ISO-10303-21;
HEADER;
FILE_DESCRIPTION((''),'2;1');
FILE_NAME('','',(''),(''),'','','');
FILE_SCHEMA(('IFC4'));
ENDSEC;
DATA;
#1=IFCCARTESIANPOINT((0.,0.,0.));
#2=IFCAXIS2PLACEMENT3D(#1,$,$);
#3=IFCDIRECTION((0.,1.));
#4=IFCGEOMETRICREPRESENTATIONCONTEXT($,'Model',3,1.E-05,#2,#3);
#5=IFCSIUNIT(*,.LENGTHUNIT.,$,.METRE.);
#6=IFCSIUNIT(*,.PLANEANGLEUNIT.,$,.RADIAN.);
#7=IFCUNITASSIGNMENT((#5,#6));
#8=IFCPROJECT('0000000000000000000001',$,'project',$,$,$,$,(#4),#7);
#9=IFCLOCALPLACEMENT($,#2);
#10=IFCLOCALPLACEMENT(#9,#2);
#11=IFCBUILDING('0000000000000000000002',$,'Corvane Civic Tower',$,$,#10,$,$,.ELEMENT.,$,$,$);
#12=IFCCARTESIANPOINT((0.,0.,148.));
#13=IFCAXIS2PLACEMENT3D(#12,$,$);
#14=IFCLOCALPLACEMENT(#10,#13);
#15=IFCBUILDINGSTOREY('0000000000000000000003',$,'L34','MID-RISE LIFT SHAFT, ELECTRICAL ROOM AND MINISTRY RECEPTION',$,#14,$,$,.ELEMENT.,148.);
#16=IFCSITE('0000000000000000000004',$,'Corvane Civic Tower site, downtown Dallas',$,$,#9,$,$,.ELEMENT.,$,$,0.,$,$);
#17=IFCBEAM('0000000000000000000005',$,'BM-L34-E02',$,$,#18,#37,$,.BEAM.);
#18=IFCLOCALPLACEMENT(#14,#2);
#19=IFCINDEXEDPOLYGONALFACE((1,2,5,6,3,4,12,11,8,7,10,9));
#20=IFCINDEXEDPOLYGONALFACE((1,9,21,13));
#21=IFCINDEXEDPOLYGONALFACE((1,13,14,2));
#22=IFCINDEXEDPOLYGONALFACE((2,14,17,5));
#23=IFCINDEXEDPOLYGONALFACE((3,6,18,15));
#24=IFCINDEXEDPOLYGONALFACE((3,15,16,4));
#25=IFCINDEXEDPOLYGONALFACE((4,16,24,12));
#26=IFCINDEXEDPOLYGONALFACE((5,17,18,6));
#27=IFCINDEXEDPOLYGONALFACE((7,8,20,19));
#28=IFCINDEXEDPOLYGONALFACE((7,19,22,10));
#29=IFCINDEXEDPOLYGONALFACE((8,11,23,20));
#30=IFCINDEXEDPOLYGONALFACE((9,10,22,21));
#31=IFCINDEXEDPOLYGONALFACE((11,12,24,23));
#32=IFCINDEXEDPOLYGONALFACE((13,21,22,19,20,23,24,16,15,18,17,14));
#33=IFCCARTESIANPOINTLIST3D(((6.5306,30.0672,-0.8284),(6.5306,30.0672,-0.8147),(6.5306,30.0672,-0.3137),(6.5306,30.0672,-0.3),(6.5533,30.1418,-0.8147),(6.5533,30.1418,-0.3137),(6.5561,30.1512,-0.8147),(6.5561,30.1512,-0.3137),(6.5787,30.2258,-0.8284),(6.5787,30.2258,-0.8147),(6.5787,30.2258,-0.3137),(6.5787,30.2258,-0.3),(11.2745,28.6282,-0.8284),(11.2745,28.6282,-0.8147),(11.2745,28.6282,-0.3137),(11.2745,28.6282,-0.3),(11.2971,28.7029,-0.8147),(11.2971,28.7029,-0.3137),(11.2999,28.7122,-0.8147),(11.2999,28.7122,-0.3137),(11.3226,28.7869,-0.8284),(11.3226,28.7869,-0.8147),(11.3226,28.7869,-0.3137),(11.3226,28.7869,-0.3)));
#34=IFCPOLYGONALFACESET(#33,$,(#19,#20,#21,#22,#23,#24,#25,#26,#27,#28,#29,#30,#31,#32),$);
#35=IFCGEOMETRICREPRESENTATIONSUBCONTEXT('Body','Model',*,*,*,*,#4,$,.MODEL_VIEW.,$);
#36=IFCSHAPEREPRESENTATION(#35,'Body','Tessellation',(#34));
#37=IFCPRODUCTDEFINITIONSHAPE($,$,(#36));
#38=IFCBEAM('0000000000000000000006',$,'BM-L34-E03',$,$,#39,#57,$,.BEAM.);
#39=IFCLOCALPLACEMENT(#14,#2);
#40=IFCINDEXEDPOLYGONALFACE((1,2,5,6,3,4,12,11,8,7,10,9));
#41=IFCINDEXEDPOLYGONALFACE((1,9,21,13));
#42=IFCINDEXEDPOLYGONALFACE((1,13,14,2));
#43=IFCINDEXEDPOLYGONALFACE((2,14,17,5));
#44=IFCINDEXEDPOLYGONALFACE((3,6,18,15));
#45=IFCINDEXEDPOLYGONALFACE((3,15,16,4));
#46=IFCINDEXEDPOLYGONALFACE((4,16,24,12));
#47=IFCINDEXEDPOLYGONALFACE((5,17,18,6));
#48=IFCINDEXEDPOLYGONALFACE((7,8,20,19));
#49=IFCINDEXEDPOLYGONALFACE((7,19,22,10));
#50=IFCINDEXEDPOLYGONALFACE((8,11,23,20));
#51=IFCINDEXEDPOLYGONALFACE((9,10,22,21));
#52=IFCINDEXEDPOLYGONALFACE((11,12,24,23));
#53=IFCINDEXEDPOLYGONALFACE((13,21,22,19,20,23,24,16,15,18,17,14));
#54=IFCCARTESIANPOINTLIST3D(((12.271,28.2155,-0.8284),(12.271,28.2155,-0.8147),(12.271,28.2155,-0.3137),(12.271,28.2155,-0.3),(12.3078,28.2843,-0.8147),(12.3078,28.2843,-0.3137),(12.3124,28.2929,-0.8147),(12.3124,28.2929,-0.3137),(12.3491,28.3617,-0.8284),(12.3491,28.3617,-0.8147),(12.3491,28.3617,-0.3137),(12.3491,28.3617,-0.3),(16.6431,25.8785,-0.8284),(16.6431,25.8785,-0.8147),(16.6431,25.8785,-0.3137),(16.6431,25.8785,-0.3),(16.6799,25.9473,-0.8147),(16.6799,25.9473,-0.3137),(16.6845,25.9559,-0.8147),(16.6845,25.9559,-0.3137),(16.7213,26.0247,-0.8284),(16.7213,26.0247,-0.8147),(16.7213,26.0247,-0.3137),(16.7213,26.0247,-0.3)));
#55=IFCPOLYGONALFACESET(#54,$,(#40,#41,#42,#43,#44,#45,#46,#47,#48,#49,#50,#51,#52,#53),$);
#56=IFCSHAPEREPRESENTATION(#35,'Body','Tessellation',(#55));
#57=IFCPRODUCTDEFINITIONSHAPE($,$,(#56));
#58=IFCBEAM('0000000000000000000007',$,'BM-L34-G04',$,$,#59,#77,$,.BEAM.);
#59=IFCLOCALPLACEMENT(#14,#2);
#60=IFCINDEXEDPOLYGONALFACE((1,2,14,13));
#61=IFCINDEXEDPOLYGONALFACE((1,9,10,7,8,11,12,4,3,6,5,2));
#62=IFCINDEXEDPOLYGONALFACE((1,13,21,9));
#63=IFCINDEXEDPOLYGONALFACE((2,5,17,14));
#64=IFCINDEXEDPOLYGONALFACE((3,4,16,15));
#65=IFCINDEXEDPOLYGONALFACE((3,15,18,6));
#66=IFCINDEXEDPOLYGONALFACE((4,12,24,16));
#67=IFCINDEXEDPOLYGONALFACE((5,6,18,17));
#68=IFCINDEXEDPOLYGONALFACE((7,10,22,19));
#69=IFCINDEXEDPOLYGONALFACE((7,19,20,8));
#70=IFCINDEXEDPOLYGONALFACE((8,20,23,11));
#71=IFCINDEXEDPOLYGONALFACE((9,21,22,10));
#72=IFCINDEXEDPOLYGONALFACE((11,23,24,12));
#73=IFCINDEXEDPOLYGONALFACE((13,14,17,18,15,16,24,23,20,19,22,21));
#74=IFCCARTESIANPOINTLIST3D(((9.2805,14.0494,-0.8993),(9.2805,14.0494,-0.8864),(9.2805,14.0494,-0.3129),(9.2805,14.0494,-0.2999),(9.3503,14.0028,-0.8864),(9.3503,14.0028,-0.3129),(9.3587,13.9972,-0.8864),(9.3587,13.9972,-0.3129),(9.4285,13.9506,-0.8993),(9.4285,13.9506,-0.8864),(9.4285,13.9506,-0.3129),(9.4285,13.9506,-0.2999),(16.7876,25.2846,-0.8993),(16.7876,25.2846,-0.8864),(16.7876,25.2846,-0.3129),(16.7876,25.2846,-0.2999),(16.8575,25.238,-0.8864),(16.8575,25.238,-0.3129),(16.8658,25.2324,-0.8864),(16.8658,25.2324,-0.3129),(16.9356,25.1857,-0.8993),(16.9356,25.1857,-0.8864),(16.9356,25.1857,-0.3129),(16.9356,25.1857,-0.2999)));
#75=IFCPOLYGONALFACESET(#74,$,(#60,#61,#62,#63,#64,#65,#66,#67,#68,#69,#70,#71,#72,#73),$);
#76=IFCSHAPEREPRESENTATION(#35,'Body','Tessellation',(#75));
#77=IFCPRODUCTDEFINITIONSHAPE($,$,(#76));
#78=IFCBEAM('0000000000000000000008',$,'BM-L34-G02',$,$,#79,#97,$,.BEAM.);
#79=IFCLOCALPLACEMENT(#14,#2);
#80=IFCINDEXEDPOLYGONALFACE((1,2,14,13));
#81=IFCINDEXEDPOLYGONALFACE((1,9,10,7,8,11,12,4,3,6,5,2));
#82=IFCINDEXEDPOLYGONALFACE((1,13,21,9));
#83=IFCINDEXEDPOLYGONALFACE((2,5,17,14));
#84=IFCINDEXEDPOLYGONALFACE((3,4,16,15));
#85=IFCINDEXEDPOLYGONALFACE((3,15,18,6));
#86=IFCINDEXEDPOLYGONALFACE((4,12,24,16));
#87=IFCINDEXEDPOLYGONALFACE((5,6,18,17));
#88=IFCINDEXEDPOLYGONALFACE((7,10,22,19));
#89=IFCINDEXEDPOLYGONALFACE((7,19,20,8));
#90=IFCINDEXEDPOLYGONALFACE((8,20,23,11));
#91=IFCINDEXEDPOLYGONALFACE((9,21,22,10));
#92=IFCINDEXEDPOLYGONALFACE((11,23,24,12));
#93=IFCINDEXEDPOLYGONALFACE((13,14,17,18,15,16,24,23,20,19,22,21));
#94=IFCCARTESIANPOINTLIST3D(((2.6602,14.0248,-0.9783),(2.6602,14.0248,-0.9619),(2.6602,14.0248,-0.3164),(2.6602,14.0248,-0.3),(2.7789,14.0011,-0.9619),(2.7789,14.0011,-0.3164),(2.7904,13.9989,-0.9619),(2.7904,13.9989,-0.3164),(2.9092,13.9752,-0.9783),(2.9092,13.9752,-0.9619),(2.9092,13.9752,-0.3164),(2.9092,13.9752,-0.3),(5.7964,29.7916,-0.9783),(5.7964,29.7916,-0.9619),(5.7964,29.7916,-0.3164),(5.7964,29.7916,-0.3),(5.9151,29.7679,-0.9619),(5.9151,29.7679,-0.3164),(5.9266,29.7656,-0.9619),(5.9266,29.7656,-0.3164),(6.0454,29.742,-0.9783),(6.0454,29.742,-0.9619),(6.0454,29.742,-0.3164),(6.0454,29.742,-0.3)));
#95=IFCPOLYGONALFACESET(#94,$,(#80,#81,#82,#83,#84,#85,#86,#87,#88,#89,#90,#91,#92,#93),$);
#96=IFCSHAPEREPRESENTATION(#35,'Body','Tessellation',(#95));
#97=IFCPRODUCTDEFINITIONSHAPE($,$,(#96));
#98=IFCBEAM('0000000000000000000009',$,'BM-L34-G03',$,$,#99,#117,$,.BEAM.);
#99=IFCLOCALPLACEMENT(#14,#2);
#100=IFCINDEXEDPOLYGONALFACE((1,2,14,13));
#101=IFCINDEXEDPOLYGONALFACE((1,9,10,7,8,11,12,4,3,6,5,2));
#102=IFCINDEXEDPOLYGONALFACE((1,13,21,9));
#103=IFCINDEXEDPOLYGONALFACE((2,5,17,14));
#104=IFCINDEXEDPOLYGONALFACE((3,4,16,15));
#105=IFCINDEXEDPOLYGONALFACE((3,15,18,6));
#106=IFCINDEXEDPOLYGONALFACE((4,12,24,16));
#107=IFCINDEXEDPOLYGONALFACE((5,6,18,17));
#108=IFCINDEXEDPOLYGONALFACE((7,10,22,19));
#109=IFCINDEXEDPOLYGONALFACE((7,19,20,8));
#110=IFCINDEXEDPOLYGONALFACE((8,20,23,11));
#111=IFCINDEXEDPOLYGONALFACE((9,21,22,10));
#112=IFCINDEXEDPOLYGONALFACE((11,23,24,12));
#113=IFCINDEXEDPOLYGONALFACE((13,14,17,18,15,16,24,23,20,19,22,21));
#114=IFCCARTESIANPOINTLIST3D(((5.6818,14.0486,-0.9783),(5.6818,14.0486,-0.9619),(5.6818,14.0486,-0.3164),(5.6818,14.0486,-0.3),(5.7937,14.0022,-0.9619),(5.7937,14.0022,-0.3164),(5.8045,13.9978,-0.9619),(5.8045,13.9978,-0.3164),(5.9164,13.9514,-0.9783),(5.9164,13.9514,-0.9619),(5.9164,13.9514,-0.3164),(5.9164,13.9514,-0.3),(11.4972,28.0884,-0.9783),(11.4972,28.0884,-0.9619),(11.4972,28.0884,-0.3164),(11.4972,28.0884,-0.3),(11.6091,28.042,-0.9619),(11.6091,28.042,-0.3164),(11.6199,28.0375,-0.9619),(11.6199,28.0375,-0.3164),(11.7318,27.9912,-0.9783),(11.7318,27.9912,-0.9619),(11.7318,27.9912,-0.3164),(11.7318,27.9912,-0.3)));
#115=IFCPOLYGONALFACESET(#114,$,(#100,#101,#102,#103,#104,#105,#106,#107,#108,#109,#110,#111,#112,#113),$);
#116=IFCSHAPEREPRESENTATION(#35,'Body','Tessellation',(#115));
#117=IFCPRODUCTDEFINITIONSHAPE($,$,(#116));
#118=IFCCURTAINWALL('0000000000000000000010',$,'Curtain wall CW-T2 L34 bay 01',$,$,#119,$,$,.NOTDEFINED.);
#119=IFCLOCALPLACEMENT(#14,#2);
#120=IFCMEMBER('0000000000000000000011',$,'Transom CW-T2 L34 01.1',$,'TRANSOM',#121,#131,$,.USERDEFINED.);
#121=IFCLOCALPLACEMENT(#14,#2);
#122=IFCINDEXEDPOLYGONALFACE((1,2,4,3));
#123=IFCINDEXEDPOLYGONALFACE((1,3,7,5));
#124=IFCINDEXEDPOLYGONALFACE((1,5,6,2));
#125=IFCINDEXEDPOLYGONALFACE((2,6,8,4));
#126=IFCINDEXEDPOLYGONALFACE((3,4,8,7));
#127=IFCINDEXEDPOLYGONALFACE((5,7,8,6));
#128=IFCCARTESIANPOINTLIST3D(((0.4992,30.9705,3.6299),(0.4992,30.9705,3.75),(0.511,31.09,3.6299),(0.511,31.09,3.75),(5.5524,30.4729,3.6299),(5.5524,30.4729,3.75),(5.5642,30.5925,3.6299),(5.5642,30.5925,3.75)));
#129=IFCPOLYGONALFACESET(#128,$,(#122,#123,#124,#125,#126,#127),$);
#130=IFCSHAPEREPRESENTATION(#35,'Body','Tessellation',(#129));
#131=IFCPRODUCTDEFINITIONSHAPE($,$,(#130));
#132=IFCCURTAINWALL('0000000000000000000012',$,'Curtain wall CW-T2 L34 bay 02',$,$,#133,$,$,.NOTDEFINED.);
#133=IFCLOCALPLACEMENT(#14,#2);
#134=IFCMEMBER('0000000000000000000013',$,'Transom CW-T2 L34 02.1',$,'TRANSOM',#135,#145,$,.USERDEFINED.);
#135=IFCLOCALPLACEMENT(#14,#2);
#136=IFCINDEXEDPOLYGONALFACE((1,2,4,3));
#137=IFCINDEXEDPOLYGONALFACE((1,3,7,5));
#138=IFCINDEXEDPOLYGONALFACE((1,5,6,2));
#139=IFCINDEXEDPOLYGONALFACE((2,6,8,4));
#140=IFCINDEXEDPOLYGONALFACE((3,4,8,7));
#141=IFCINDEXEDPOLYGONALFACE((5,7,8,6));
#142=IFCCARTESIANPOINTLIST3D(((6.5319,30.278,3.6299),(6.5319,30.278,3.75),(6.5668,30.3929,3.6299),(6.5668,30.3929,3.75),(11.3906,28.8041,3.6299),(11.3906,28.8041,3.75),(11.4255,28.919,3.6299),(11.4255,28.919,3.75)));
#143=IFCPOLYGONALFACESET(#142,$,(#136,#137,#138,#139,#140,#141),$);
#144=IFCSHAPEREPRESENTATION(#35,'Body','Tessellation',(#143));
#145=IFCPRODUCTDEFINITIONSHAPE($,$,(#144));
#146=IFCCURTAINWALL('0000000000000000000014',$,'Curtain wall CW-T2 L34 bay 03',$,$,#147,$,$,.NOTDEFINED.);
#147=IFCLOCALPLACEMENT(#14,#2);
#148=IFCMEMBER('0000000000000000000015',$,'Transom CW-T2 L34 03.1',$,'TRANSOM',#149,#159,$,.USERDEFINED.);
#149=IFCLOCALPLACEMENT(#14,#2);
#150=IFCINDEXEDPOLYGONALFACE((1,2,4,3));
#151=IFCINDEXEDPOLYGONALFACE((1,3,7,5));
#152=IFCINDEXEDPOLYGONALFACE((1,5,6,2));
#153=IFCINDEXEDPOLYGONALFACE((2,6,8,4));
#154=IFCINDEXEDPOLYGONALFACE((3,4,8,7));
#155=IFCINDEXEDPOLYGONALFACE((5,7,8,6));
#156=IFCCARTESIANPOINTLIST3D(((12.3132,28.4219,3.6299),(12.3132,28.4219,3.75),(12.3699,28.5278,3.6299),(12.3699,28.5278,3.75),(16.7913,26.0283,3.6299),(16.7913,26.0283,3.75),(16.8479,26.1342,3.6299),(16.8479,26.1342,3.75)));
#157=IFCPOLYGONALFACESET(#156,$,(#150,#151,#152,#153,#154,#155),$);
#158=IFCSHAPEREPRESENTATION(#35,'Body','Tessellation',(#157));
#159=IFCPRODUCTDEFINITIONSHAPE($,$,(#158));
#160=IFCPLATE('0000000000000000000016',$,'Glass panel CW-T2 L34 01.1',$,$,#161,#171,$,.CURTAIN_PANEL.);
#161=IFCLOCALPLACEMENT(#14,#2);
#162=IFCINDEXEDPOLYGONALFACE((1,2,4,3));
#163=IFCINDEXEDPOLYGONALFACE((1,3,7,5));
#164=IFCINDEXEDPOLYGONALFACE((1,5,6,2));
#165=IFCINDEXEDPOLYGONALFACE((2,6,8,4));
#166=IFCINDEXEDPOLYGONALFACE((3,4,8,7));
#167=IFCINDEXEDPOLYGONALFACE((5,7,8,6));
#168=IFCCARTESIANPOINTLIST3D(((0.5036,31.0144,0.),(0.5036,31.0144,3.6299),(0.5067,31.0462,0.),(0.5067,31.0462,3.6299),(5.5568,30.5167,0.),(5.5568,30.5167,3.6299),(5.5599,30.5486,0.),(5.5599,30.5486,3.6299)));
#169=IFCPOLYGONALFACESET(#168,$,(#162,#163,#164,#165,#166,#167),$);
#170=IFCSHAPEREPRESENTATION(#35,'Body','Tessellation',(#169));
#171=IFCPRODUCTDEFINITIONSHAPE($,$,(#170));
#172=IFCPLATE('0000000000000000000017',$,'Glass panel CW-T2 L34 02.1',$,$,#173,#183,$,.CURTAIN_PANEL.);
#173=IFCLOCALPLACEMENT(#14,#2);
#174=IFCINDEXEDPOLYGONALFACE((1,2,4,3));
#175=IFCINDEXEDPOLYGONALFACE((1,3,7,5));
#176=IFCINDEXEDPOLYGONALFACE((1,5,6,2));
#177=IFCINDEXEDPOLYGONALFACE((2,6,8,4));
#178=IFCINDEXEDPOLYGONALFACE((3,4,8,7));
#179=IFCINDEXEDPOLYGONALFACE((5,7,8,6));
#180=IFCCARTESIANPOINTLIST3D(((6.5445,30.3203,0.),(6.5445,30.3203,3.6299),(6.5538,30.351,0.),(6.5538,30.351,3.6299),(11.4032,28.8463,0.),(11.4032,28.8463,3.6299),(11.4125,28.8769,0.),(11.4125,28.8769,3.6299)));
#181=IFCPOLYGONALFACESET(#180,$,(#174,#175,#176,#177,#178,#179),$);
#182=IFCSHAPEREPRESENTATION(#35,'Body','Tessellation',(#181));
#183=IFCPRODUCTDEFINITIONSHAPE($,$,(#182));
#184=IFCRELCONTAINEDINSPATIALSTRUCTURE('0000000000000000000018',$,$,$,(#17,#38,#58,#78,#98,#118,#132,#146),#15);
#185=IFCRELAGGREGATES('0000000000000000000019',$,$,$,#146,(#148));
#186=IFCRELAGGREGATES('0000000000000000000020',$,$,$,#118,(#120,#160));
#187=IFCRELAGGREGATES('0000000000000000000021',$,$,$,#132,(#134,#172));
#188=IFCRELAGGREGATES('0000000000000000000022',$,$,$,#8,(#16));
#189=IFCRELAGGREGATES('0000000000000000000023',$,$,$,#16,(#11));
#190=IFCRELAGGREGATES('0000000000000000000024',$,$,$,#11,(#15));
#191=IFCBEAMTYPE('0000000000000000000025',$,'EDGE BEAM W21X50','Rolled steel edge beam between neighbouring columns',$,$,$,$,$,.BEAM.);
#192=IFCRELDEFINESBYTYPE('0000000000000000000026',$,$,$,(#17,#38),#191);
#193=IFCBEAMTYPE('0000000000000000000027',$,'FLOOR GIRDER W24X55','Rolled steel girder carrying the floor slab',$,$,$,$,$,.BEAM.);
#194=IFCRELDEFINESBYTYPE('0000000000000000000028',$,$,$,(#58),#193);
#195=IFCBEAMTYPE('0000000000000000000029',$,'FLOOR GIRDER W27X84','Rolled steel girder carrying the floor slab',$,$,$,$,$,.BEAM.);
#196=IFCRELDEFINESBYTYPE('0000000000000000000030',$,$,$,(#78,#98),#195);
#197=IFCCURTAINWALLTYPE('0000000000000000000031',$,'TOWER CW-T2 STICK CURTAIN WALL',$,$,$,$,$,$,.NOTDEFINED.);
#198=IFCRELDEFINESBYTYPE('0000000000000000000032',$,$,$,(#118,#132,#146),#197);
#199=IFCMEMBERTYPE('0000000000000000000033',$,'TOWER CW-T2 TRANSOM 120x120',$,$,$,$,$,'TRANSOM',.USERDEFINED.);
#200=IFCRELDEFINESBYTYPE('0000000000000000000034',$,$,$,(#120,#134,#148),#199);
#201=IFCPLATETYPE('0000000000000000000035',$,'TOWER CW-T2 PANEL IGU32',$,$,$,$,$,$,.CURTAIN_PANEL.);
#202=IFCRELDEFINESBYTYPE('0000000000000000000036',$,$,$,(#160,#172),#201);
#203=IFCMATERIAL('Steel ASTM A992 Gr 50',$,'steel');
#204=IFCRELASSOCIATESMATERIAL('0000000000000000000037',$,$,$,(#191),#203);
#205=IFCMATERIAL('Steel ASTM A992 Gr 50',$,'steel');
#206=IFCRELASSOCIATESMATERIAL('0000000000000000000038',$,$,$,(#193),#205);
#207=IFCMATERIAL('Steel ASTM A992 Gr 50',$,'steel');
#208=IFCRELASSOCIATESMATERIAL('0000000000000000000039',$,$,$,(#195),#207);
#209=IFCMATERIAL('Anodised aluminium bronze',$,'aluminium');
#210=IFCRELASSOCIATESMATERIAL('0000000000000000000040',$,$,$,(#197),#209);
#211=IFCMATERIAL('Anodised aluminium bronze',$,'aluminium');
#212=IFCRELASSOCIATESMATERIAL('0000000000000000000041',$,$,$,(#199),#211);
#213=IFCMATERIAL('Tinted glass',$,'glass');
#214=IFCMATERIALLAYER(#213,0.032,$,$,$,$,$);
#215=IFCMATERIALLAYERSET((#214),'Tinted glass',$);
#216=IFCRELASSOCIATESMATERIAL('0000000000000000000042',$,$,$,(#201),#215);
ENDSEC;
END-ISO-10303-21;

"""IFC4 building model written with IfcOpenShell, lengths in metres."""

from ifc_helpers import new_model, si_unit, direction, frame, origin, origin_2d, place, context, subcontext, project, spatial, rectangle, i_section, extrude, material, layer, layer_set, material_profile, profile_set, type_object, element, aggregate, save


model = new_model("IFC4")

# Units and contexts
model_context = context("Model", 3, precision=1e-05, world=origin(), true_north=direction((0.0, 1.0)))
body_context = subcontext(model_context, "Body", "Model", "MODEL_VIEW")
ifc_project = project(units=[si_unit("LENGTHUNIT", "METRE"), si_unit("PLANEANGLEUNIT", "RADIAN")], contexts=[model_context])

# Site, building, storey
site_placement = place(None, origin())
site = spatial("IfcSite", under=ifc_project, at=site_placement, Name="Corvane Civic Tower site, downtown Dallas", CompositionType="ELEMENT", RefElevation=0.0)
building_placement = place(site_placement, origin())
building = spatial("IfcBuilding", under=site, at=building_placement, Name="Corvane Civic Tower", CompositionType="ELEMENT")
storey_placement = place(building_placement, frame((0.0, 0.0, 148.0)))
storey = spatial("IfcBuildingStorey", under=building, at=storey_placement, Name="L34", Description="MID-RISE LIFT SHAFT, ELECTRICAL ROOM AND MINISTRY RECEPTION", CompositionType="ELEMENT", Elevation=148.0)

# Beams
ifc_material_1 = material(Name="Steel ASTM A992 Gr 50", Category="steel")
ifc_material_profile_1 = material_profile(ifc_material_1, i_section(OverallWidth=0.1658, OverallDepth=0.5283, WebThickness=0.0098, FlangeThickness=0.0137, at=origin_2d()), Name="W21X50")
ifc_profile_set_1 = profile_set([ifc_material_profile_1], Name="Steel ASTM A992 Gr 50")
beam_type_1 = type_object("IfcBeamType", Name="EDGE BEAM W21X50", Description="Rolled steel edge beam between neighbouring columns", PredefinedType="BEAM", material=ifc_profile_set_1)
beam_1_placement = place(storey_placement, frame((6.5547, 30.1465, -0.5642), z_axis=(0.956945, -0.29027, 0.0), x_axis=(0.29027, 0.956945, 0.0)))
element("IfcBeam", 1, at=beam_1_placement, inside=storey, type_object=beam_type_1, Name="BM-L34-E02", PredefinedType="BEAM", context=body_context, shape_type="SweptSolid", body=[
    extrude(i_section(OverallWidth=0.1658, OverallDepth=0.5283, WebThickness=0.0098, FlangeThickness=0.0137, at=origin_2d()), origin(), (0.0, 0.0, 1.0), 4.9573),
])
beam_2_placement = place(storey_placement, frame((12.3101, 28.2886, -0.5642), z_axis=(0.881922, -0.471396, 0.0), x_axis=(0.471396, 0.881922, 0.0)))
element("IfcBeam", 2, at=beam_2_placement, inside=storey, type_object=beam_type_1, Name="BM-L34-E03", PredefinedType="BEAM", context=body_context, shape_type="SweptSolid", body=[
    extrude(i_section(OverallWidth=0.1658, OverallDepth=0.5283, WebThickness=0.0098, FlangeThickness=0.0137, at=origin_2d()), origin(), (0.0, 0.0, 1.0), 4.9575),
])
ifc_material_2 = material(Name="Steel ASTM A992 Gr 50", Category="steel")
ifc_material_profile_2 = material_profile(ifc_material_2, i_section(OverallWidth=0.178, OverallDepth=0.5994, WebThickness=0.01, FlangeThickness=0.0129, at=origin_2d()), Name="W24X55")
ifc_profile_set_2 = profile_set([ifc_material_profile_2], Name="Steel ASTM A992 Gr 50")
beam_type_2 = type_object("IfcBeamType", Name="FLOOR GIRDER W24X55", Description="Rolled steel girder carrying the floor slab", PredefinedType="BEAM", material=ifc_profile_set_2)
beam_3_placement = place(storey_placement, frame((9.3545, 14.0, -0.5996), z_axis=(0.555571, 0.831469, 0.0), x_axis=(-0.831469, 0.555571, 0.0)))
element("IfcBeam", 3, at=beam_3_placement, inside=storey, type_object=beam_type_2, Name="BM-L34-G04", PredefinedType="BEAM", context=body_context, shape_type="SweptSolid", body=[
    extrude(i_section(OverallWidth=0.178, OverallDepth=0.5994, WebThickness=0.01, FlangeThickness=0.0129, at=origin_2d()), origin(), (0.0, 0.0, 1.0), 13.5125),
])
ifc_material_3 = material(Name="Steel ASTM A992 Gr 50", Category="steel")
ifc_material_profile_3 = material_profile(ifc_material_3, i_section(OverallWidth=0.2539, OverallDepth=0.6782, WebThickness=0.0117, FlangeThickness=0.0164, at=origin_2d()), Name="W27X84")
ifc_profile_set_3 = profile_set([ifc_material_profile_3], Name="Steel ASTM A992 Gr 50")
beam_type_3 = type_object("IfcBeamType", Name="FLOOR GIRDER W27X84", Description="Rolled steel girder carrying the floor slab", PredefinedType="BEAM", material=ifc_profile_set_3)
beam_4_placement = place(storey_placement, frame((2.7847, 14.0, -0.6392), z_axis=(0.195091, 0.980785, 0.0), x_axis=(-0.980785, 0.195091, 0.0)))
element("IfcBeam", 4, at=beam_4_placement, inside=storey, type_object=beam_type_3, Name="BM-L34-G02", PredefinedType="BEAM", context=body_context, shape_type="SweptSolid", body=[
    extrude(i_section(OverallWidth=0.2539, OverallDepth=0.6782, WebThickness=0.0117, FlangeThickness=0.0164, at=origin_2d()), origin(), (0.0, 0.0, 1.0), 16.0757),
])
beam_5_placement = place(storey_placement, frame((5.7991, 14.0, -0.6392), z_axis=(0.382681, 0.923881, 0.0), x_axis=(-0.923881, 0.382681, 0.0)))
element("IfcBeam", 5, at=beam_5_placement, inside=storey, type_object=beam_type_3, Name="BM-L34-G03", PredefinedType="BEAM", context=body_context, shape_type="SweptSolid", body=[
    extrude(i_section(OverallWidth=0.2539, OverallDepth=0.6782, WebThickness=0.0117, FlangeThickness=0.0164, at=origin_2d()), origin(), (0.0, 0.0, 1.0), 15.1965),
])

# Curtain walls, members
ifc_material_4 = material(Name="Anodised aluminium bronze", Category="aluminium")
curtain_wall_type = type_object("IfcCurtainWallType", Name="TOWER CW-T2 STICK CURTAIN WALL", PredefinedType="NOTDEFINED", material=ifc_material_4)
curtain_wall_1_placement = place(storey_placement, origin())
curtain_wall_1 = element("IfcCurtainWall", 6, at=curtain_wall_1_placement, inside=storey, type_object=curtain_wall_type, Name="Curtain wall CW-T2 L34 bay 01", PredefinedType="NOTDEFINED")
ifc_material_5 = material(Name="Anodised aluminium bronze", Category="aluminium")
ifc_material_profile_4 = material_profile(ifc_material_5, rectangle(XDim=0.1201, YDim=0.1201, at=origin_2d()), Name="TOWER CW-T2 TRANSOM 120x120")
ifc_profile_set_4 = profile_set([ifc_material_profile_4], Name="Anodised aluminium bronze")
member_type = type_object("IfcMemberType", Name="TOWER CW-T2 TRANSOM 120x120", ElementType="TRANSOM", PredefinedType="USERDEFINED", material=ifc_profile_set_4)
member_1_placement = place(storey_placement, frame((0.5051, 31.0303, 3.6899), z_axis=(0.995187, -0.09799, 0.0), x_axis=(0.09799, 0.995187, 0.0)))
member_1 = element("IfcMember", 7, at=member_1_placement, type_object=member_type, Name="Transom CW-T2 L34 01.1", ObjectType="TRANSOM", PredefinedType="USERDEFINED", context=body_context, shape_type="SweptSolid", body=[
    extrude(rectangle(XDim=0.1201, YDim=0.1201, at=origin_2d()), origin(), (0.0, 0.0, 1.0), 5.0776),
])
curtain_wall_2_placement = place(storey_placement, origin())
curtain_wall_2 = element("IfcCurtainWall", 8, at=curtain_wall_2_placement, inside=storey, type_object=curtain_wall_type, Name="Curtain wall CW-T2 L34 bay 02", PredefinedType="NOTDEFINED")
member_2_placement = place(storey_placement, frame((6.5493, 30.3354, 3.6899), z_axis=(0.956939, -0.290289, 0.0), x_axis=(0.290289, 0.956939, 0.0)))
member_2 = element("IfcMember", 9, at=member_2_placement, type_object=member_type, Name="Transom CW-T2 L34 02.1", ObjectType="TRANSOM", PredefinedType="USERDEFINED", context=body_context, shape_type="SweptSolid", body=[
    extrude(rectangle(XDim=0.1201, YDim=0.1201, at=origin_2d()), origin(), (0.0, 0.0, 1.0), 5.0774),
])
curtain_wall_3_placement = place(storey_placement, origin())
curtain_wall_3 = element("IfcCurtainWall", 10, at=curtain_wall_3_placement, inside=storey, type_object=curtain_wall_type, Name="Curtain wall CW-T2 L34 bay 03", PredefinedType="NOTDEFINED")
member_3_placement = place(storey_placement, frame((12.3416, 28.4749, 3.6899), z_axis=(0.881921, -0.471397, 0.0), x_axis=(0.471397, 0.881921, 0.0)))
member_3 = element("IfcMember", 11, at=member_3_placement, type_object=member_type, Name="Transom CW-T2 L34 03.1", ObjectType="TRANSOM", PredefinedType="USERDEFINED", context=body_context, shape_type="SweptSolid", body=[
    extrude(rectangle(XDim=0.1201, YDim=0.1201, at=origin_2d()), origin(), (0.0, 0.0, 1.0), 5.0776),
])
aggregate(curtain_wall_3, [member_3])

# Plates
ifc_material_6 = material(Name="Tinted glass", Category="glass")
ifc_layer_1 = layer(ifc_material_6, 0.032)
ifc_layer_set_1 = layer_set([ifc_layer_1], Name="Tinted glass")
plate_type = type_object("IfcPlateType", Name="TOWER CW-T2 PANEL IGU32", PredefinedType="CURTAIN_PANEL", material=ifc_layer_set_1)
plate_1_placement = place(storey_placement, frame((3.0317, 30.7815, 0.0), z_axis=(0.0, 0.0, 1.0), x_axis=(0.995185, -0.098012, 0.0)))
plate_1 = element("IfcPlate", 12, at=plate_1_placement, type_object=plate_type, Name="Glass panel CW-T2 L34 01.1", PredefinedType="CURTAIN_PANEL", context=body_context, shape_type="SweptSolid", body=[
    extrude(rectangle(XDim=5.0776, YDim=0.032, at=origin_2d()), origin(), (0.0, 0.0, 1.0), 3.6299),
])
aggregate(curtain_wall_1, [member_1, plate_1])
plate_2_placement = place(storey_placement, frame((8.9785, 29.5986, 0.0), z_axis=(0.0, 0.0, 1.0), x_axis=(0.956932, -0.290313, 0.0)))
plate_2 = element("IfcPlate", 13, at=plate_2_placement, type_object=plate_type, Name="Glass panel CW-T2 L34 02.1", PredefinedType="CURTAIN_PANEL", context=body_context, shape_type="SweptSolid", body=[
    extrude(rectangle(XDim=5.0774, YDim=0.032, at=origin_2d()), origin(), (0.0, 0.0, 1.0), 3.6299),
])
aggregate(curtain_wall_2, [member_2, plate_2])

save(model, "model.ifc")
